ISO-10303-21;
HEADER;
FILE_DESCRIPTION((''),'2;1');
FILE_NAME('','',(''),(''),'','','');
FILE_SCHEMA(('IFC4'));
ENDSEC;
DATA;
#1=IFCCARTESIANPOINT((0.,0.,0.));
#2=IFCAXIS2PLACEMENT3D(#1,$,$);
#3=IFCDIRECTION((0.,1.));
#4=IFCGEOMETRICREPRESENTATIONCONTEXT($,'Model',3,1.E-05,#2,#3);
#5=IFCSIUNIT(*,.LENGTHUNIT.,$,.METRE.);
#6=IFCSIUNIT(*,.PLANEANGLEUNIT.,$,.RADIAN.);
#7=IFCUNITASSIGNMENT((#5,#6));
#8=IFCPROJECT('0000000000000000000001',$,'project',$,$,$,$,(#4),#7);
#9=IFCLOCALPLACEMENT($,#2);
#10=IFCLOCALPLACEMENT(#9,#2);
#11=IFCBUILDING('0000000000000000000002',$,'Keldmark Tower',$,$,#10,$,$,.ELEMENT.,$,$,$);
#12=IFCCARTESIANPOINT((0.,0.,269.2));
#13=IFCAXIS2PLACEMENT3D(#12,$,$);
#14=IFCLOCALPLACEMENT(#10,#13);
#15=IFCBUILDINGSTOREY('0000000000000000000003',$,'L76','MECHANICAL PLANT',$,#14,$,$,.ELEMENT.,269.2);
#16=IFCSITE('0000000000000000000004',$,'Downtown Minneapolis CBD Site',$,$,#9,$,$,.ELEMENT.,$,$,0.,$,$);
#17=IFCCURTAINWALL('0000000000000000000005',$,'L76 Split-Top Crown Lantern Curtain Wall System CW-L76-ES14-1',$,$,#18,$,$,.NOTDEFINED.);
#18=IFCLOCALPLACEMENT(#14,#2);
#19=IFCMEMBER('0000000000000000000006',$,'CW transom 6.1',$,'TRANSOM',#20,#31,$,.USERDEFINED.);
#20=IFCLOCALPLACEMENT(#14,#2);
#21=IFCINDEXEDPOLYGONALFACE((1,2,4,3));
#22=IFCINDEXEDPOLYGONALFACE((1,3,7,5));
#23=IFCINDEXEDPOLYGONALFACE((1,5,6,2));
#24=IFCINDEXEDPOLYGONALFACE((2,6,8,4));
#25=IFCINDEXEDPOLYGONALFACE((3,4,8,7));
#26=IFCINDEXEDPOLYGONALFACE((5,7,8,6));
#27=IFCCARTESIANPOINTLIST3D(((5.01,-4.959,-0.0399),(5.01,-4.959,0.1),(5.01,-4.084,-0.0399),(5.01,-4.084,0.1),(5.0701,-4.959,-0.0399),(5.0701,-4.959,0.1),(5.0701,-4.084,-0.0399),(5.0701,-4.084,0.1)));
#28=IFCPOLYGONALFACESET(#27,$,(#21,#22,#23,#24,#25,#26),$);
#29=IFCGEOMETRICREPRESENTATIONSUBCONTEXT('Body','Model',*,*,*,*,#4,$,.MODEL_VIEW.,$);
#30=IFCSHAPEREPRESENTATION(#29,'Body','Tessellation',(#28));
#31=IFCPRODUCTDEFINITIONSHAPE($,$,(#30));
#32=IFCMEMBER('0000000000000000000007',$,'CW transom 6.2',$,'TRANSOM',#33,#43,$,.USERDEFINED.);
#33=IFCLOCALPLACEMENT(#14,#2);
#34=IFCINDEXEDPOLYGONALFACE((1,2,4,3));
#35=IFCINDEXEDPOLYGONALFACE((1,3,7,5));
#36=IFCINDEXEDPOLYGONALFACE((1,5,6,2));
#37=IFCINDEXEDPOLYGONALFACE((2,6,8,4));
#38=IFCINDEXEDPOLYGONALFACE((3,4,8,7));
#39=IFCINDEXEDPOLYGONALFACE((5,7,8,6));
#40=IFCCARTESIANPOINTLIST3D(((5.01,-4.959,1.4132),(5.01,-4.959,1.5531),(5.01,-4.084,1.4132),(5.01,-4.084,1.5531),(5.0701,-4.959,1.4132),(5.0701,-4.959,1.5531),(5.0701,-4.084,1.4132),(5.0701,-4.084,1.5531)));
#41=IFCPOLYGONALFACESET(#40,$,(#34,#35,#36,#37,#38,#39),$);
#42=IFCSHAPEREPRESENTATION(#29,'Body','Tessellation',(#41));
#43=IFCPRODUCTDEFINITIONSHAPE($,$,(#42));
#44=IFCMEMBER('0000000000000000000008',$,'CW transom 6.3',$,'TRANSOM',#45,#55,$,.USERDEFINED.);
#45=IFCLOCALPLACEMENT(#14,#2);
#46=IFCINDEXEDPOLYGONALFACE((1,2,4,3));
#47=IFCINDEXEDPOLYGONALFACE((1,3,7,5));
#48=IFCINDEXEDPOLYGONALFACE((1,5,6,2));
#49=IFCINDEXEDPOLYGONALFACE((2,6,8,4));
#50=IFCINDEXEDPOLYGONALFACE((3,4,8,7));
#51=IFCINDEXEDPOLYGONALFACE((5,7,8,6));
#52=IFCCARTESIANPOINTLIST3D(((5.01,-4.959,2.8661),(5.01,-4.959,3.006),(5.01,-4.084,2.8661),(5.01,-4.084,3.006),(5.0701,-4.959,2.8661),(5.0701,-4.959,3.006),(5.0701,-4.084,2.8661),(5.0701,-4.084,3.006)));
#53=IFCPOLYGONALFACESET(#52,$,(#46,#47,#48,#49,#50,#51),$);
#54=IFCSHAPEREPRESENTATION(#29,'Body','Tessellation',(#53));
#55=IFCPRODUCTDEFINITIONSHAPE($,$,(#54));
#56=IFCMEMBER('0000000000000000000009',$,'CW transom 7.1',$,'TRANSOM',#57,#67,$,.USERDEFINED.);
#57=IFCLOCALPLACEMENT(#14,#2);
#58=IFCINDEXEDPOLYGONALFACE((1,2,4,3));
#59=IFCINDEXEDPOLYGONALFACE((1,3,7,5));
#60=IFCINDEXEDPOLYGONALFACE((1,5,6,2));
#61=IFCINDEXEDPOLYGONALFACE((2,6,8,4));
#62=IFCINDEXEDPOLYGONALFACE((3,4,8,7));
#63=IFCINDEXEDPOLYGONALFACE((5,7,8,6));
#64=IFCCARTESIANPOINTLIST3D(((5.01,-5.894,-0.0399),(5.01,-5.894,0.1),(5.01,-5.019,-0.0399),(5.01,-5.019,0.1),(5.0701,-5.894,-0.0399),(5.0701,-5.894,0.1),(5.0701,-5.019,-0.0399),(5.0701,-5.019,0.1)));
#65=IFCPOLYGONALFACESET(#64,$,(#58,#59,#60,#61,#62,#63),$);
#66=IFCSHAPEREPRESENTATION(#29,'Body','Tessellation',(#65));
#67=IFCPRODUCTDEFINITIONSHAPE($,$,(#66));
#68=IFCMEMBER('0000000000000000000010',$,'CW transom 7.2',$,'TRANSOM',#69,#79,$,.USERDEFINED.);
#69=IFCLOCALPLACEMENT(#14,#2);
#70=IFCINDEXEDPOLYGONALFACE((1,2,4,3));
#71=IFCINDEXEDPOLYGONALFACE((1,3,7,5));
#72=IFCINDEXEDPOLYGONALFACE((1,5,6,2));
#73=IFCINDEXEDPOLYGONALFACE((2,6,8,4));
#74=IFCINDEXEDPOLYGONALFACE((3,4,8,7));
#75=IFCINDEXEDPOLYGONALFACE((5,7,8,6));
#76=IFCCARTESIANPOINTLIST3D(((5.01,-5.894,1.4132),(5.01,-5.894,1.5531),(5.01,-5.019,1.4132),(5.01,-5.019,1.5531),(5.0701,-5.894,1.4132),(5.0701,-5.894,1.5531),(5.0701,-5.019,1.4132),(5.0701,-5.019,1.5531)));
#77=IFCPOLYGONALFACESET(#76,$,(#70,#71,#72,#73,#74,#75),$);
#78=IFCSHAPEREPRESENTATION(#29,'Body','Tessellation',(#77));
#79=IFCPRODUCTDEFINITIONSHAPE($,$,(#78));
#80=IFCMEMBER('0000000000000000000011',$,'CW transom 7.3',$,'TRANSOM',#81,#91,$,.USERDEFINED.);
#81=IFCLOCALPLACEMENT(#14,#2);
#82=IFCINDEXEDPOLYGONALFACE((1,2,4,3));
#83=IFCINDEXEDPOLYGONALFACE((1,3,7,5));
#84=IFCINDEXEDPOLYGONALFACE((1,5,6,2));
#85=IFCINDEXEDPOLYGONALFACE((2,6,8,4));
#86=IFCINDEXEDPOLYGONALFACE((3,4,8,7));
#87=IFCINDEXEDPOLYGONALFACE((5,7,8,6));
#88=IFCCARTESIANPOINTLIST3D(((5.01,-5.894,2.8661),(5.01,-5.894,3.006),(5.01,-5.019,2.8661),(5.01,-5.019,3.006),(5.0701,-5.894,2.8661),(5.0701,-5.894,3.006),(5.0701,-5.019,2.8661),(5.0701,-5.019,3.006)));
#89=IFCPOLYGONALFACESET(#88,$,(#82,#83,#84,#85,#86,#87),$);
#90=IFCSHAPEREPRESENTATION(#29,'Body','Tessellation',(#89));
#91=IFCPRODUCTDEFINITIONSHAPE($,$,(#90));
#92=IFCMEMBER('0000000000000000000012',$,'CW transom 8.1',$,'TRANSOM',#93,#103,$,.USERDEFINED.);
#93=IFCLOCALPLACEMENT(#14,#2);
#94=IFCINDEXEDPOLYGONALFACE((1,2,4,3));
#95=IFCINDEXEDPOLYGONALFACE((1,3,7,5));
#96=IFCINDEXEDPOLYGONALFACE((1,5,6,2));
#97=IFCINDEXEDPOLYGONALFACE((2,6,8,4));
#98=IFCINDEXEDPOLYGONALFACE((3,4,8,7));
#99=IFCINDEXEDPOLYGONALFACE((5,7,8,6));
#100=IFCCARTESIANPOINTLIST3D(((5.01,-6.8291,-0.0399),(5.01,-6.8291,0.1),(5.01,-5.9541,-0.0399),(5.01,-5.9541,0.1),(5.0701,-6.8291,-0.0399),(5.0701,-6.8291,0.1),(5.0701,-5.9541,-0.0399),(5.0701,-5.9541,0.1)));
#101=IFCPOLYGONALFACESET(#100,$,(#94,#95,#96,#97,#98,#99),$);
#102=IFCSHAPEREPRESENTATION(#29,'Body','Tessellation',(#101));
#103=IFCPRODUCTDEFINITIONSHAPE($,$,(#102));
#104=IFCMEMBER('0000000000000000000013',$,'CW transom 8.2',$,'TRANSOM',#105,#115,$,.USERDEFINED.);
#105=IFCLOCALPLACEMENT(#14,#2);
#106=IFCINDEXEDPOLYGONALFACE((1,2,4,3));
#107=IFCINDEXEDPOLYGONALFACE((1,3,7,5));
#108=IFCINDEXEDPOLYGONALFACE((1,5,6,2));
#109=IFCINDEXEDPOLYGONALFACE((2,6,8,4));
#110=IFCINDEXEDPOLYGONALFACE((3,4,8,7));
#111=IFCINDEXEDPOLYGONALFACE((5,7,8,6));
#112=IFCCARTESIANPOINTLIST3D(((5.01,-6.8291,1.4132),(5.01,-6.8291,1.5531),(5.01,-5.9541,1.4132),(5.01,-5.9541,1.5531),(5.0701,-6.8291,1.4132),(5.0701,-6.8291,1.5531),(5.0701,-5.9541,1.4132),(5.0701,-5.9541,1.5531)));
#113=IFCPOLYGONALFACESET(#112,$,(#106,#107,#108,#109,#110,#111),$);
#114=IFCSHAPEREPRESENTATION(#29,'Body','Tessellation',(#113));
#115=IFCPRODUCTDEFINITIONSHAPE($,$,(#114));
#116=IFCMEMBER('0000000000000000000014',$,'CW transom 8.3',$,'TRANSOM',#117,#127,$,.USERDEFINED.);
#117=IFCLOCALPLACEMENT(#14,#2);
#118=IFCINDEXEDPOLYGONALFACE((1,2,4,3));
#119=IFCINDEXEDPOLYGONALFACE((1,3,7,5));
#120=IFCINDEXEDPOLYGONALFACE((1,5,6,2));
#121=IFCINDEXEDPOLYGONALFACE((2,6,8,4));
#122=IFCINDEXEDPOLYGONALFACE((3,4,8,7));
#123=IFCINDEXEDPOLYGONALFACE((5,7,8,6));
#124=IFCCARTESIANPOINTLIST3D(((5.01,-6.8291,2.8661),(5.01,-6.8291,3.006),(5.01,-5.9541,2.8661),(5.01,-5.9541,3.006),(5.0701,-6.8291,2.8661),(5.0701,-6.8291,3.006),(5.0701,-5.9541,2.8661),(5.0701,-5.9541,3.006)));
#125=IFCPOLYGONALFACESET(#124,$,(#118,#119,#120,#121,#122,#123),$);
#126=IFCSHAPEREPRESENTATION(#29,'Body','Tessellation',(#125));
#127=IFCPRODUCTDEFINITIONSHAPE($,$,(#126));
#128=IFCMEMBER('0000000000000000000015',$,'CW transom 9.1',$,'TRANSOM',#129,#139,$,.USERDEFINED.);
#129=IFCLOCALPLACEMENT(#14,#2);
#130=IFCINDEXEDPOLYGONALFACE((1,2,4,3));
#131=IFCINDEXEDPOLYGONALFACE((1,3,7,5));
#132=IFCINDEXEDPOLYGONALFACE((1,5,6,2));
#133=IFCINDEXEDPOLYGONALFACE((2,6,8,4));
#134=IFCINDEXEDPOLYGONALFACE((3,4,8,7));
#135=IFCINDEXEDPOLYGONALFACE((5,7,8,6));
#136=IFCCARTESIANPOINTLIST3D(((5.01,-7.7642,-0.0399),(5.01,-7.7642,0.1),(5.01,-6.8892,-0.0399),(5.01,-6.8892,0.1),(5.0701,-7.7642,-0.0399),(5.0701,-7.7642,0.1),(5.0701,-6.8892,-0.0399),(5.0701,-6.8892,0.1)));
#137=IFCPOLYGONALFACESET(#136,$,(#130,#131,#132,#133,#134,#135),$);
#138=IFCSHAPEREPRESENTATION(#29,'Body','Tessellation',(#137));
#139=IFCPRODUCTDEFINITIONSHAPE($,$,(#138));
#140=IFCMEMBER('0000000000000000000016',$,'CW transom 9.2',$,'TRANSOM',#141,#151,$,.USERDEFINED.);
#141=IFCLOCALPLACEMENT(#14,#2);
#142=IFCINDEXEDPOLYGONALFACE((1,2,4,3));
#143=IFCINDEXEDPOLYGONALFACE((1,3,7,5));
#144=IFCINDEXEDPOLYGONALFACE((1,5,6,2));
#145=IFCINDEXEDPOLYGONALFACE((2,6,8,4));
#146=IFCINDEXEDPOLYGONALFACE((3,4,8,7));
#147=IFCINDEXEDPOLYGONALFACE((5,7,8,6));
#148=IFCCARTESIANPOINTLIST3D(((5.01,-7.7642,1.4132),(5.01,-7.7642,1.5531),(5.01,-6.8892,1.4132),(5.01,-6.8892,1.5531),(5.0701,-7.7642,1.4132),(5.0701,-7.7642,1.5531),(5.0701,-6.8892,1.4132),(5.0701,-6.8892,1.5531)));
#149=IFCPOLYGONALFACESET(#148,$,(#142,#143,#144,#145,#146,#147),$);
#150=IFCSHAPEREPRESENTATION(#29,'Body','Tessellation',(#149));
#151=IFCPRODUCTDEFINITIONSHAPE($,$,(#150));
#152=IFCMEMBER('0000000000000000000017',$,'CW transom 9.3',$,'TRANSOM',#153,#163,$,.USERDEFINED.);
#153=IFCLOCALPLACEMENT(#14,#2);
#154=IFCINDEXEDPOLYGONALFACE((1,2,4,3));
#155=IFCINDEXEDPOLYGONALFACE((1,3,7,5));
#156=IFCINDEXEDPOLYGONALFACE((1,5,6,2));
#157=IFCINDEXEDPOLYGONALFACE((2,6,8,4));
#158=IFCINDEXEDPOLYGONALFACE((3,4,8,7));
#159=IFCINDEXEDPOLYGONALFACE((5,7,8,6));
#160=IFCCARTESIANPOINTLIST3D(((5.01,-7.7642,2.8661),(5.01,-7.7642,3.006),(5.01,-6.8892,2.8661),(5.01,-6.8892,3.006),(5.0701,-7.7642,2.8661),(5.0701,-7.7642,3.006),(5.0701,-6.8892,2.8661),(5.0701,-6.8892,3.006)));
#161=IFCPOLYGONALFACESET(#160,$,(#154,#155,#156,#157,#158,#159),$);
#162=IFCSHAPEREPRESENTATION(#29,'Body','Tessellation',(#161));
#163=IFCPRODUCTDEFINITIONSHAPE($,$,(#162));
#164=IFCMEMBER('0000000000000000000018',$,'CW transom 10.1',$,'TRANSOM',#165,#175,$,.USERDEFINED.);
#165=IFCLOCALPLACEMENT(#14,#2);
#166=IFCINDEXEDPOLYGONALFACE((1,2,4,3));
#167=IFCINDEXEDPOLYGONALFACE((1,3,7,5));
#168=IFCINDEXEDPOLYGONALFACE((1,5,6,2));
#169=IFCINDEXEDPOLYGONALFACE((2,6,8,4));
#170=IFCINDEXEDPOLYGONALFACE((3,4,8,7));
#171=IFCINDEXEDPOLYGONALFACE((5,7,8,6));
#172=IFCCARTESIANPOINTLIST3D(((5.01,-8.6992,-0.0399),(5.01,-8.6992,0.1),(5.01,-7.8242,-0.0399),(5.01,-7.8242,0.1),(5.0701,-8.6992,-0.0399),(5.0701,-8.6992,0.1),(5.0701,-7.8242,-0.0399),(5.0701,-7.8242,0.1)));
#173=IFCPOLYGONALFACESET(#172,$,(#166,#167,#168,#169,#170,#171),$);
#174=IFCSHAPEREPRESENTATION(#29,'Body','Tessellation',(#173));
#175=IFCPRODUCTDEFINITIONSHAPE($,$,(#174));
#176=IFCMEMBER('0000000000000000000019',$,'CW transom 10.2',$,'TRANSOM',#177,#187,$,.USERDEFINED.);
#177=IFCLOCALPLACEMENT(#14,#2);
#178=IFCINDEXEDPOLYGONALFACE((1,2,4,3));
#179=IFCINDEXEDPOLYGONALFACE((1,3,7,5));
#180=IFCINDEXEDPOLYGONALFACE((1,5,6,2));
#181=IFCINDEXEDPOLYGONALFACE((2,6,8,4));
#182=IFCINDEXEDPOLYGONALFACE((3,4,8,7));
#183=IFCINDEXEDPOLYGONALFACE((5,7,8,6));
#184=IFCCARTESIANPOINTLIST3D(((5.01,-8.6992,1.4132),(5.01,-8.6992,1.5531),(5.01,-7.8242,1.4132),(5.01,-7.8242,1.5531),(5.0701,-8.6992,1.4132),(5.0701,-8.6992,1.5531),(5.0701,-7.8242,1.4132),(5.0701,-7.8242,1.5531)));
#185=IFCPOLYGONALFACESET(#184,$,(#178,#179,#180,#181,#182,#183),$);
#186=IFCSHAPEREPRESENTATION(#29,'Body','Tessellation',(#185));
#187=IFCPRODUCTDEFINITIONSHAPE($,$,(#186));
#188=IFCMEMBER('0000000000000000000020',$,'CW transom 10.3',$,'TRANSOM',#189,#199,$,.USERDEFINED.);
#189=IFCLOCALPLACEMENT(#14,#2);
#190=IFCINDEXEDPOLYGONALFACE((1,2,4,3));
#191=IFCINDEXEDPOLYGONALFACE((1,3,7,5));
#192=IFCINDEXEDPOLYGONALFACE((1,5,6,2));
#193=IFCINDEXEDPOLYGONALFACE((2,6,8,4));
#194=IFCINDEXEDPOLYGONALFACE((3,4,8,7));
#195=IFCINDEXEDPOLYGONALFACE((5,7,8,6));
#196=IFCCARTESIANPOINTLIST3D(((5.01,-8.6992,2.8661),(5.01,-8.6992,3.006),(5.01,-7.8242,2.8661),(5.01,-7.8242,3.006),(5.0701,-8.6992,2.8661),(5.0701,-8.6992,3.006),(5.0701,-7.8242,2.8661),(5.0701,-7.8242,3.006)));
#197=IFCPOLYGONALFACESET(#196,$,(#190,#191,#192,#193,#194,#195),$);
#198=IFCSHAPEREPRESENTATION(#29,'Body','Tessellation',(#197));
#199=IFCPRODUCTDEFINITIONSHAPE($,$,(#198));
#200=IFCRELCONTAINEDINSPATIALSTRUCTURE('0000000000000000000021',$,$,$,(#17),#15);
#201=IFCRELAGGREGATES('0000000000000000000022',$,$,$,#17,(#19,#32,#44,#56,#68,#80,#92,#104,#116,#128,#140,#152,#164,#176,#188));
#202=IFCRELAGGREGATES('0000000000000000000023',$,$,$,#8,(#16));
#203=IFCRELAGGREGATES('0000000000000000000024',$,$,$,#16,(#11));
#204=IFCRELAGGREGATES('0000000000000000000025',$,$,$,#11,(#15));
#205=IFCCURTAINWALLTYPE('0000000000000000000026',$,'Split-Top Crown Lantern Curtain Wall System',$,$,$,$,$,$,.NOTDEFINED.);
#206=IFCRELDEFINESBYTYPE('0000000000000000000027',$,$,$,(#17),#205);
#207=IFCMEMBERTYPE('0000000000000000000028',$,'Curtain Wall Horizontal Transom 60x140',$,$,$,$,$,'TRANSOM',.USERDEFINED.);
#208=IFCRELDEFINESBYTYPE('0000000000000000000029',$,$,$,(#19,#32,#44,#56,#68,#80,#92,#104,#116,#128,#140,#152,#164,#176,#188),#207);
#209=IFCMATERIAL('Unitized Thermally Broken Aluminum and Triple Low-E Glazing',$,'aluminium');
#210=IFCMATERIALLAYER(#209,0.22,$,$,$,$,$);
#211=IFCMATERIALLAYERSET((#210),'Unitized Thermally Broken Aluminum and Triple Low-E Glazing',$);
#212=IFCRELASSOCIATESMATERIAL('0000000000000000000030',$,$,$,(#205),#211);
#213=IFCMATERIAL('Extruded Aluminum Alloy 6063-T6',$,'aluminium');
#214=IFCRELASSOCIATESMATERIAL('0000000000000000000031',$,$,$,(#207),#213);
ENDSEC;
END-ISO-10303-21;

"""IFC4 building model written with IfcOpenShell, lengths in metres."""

from ifc_helpers import new_model, si_unit, direction, frame, origin, origin_2d, place, context, subcontext, project, spatial, rectangle, extrude, material, layer, layer_set, material_profile, profile_set, type_object, element, aggregate, save


model = new_model("IFC4")

# Units and contexts
model_context = context("Model", 3, precision=1e-05, world=origin(), true_north=direction((0.0, 1.0)))
body_context = subcontext(model_context, "Body", "Model", "MODEL_VIEW")
ifc_project = project(units=[si_unit("LENGTHUNIT", "METRE"), si_unit("PLANEANGLEUNIT", "RADIAN")], contexts=[model_context])

# Site, building, storey
site_placement = place(None, origin())
site = spatial("IfcSite", under=ifc_project, at=site_placement, Name="Downtown Minneapolis CBD Site", CompositionType="ELEMENT", RefElevation=0.0)
building_placement = place(site_placement, origin())
building = spatial("IfcBuilding", under=site, at=building_placement, Name="Keldmark Tower", CompositionType="ELEMENT")
storey_placement = place(building_placement, frame((0.0, 0.0, 269.2)))
storey = spatial("IfcBuildingStorey", under=building, at=storey_placement, Name="L76", Description="MECHANICAL PLANT", CompositionType="ELEMENT", Elevation=269.2)

# Curtain wall, members
ifc_material_1 = material(Name="Unitized Thermally Broken Aluminum and Triple Low-E Glazing", Category="aluminium")
ifc_layer_1 = layer(ifc_material_1, 0.22)
ifc_layer_set_1 = layer_set([ifc_layer_1], Name="Unitized Thermally Broken Aluminum and Triple Low-E Glazing")
curtain_wall_type = type_object("IfcCurtainWallType", Name="Split-Top Crown Lantern Curtain Wall System", PredefinedType="NOTDEFINED", material=ifc_layer_set_1)
curtain_wall_placement = place(storey_placement, origin())
curtain_wall = element("IfcCurtainWall", 1, at=curtain_wall_placement, inside=storey, type_object=curtain_wall_type, Name="L76 Split-Top Crown Lantern Curtain Wall System CW-L76-ES14-1", PredefinedType="NOTDEFINED")
ifc_material_2 = material(Name="Extruded Aluminum Alloy 6063-T6", Category="aluminium")
ifc_material_profile_1 = material_profile(ifc_material_2, rectangle(XDim=0.0601, YDim=0.1399, at=origin_2d()), Name="CWT60X140")
ifc_profile_set_1 = profile_set([ifc_material_profile_1], Name="Extruded Aluminum Alloy 6063-T6")
member_type_1 = type_object("IfcMemberType", Name="Curtain Wall Horizontal Transom 60x140", ElementType="TRANSOM", PredefinedType="USERDEFINED", material=ifc_profile_set_1)
member_1_placement = place(storey_placement, frame((5.04, -4.084, 0.03), z_axis=(0.0, -1.0, 0.0), x_axis=(1.0, 0.0, 0.0)))
member_1 = element("IfcMember", 2, at=member_1_placement, type_object=member_type_1, Name="CW transom 6.1", ObjectType="TRANSOM", PredefinedType="USERDEFINED", context=body_context, shape_type="SweptSolid", body=[
    extrude(rectangle(XDim=0.0601, YDim=0.1399, at=origin_2d()), origin(), (0.0, 0.0, 1.0), 0.875),
])
member_2_placement = place(storey_placement, frame((5.04, -4.084, 1.4832), z_axis=(0.0, -1.0, 0.0), x_axis=(1.0, 0.0, 0.0)))
member_2 = element("IfcMember", 3, at=member_2_placement, type_object=member_type_1, Name="CW transom 6.2", ObjectType="TRANSOM", PredefinedType="USERDEFINED", context=body_context, shape_type="SweptSolid", body=[
    extrude(rectangle(XDim=0.0601, YDim=0.1399, at=origin_2d()), origin(), (0.0, 0.0, 1.0), 0.875),
])
member_3_placement = place(storey_placement, frame((5.04, -4.084, 2.936), z_axis=(0.0, -1.0, 0.0), x_axis=(1.0, 0.0, 0.0)))
member_3 = element("IfcMember", 4, at=member_3_placement, type_object=member_type_1, Name="CW transom 6.3", ObjectType="TRANSOM", PredefinedType="USERDEFINED", context=body_context, shape_type="SweptSolid", body=[
    extrude(rectangle(XDim=0.0601, YDim=0.1399, at=origin_2d()), origin(), (0.0, 0.0, 1.0), 0.875),
])
member_4_placement = place(storey_placement, frame((5.04, -5.019, 0.03), z_axis=(0.0, -1.0, 0.0), x_axis=(1.0, 0.0, 0.0)))
member_4 = element("IfcMember", 5, at=member_4_placement, type_object=member_type_1, Name="CW transom 7.1", ObjectType="TRANSOM", PredefinedType="USERDEFINED", context=body_context, shape_type="SweptSolid", body=[
    extrude(rectangle(XDim=0.0601, YDim=0.1399, at=origin_2d()), origin(), (0.0, 0.0, 1.0), 0.875),
])
member_5_placement = place(storey_placement, frame((5.04, -5.019, 1.4832), z_axis=(0.0, -1.0, 0.0), x_axis=(1.0, 0.0, 0.0)))
member_5 = element("IfcMember", 6, at=member_5_placement, type_object=member_type_1, Name="CW transom 7.2", ObjectType="TRANSOM", PredefinedType="USERDEFINED", context=body_context, shape_type="SweptSolid", body=[
    extrude(rectangle(XDim=0.0601, YDim=0.1399, at=origin_2d()), origin(), (0.0, 0.0, 1.0), 0.875),
])
member_6_placement = place(storey_placement, frame((5.04, -5.019, 2.936), z_axis=(0.0, -1.0, 0.0), x_axis=(1.0, 0.0, 0.0)))
member_6 = element("IfcMember", 7, at=member_6_placement, type_object=member_type_1, Name="CW transom 7.3", ObjectType="TRANSOM", PredefinedType="USERDEFINED", context=body_context, shape_type="SweptSolid", body=[
    extrude(rectangle(XDim=0.0601, YDim=0.1399, at=origin_2d()), origin(), (0.0, 0.0, 1.0), 0.875),
])
member_7_placement = place(storey_placement, frame((5.04, -5.9541, 0.03), z_axis=(0.0, -1.0, 0.0), x_axis=(1.0, 0.0, 0.0)))
member_7 = element("IfcMember", 8, at=member_7_placement, type_object=member_type_1, Name="CW transom 8.1", ObjectType="TRANSOM", PredefinedType="USERDEFINED", context=body_context, shape_type="SweptSolid", body=[
    extrude(rectangle(XDim=0.0601, YDim=0.1399, at=origin_2d()), origin(), (0.0, 0.0, 1.0), 0.875),
])
member_8_placement = place(storey_placement, frame((5.04, -5.9541, 1.4832), z_axis=(0.0, -1.0, 0.0), x_axis=(1.0, 0.0, 0.0)))
member_8 = element("IfcMember", 9, at=member_8_placement, type_object=member_type_1, Name="CW transom 8.2", ObjectType="TRANSOM", PredefinedType="USERDEFINED", context=body_context, shape_type="SweptSolid", body=[
    extrude(rectangle(XDim=0.0601, YDim=0.1399, at=origin_2d()), origin(), (0.0, 0.0, 1.0), 0.875),
])
member_9_placement = place(storey_placement, frame((5.04, -5.9541, 2.936), z_axis=(0.0, -1.0, 0.0), x_axis=(1.0, 0.0, 0.0)))
member_9 = element("IfcMember", 10, at=member_9_placement, type_object=member_type_1, Name="CW transom 8.3", ObjectType="TRANSOM", PredefinedType="USERDEFINED", context=body_context, shape_type="SweptSolid", body=[
    extrude(rectangle(XDim=0.0601, YDim=0.1399, at=origin_2d()), origin(), (0.0, 0.0, 1.0), 0.875),
])
member_10_placement = place(storey_placement, frame((5.04, -6.8892, 0.03), z_axis=(0.0, -1.0, 0.0), x_axis=(1.0, 0.0, 0.0)))
member_10 = element("IfcMember", 11, at=member_10_placement, type_object=member_type_1, Name="CW transom 9.1", ObjectType="TRANSOM", PredefinedType="USERDEFINED", context=body_context, shape_type="SweptSolid", body=[
    extrude(rectangle(XDim=0.0601, YDim=0.1399, at=origin_2d()), origin(), (0.0, 0.0, 1.0), 0.875),
])
member_11_placement = place(storey_placement, frame((5.04, -6.8892, 1.4832), z_axis=(0.0, -1.0, 0.0), x_axis=(1.0, 0.0, 0.0)))
member_11 = element("IfcMember", 12, at=member_11_placement, type_object=member_type_1, Name="CW transom 9.2", ObjectType="TRANSOM", PredefinedType="USERDEFINED", context=body_context, shape_type="SweptSolid", body=[
    extrude(rectangle(XDim=0.0601, YDim=0.1399, at=origin_2d()), origin(), (0.0, 0.0, 1.0), 0.875),
])
member_12_placement = place(storey_placement, frame((5.04, -6.8892, 2.936), z_axis=(0.0, -1.0, 0.0), x_axis=(1.0, 0.0, 0.0)))
member_12 = element("IfcMember", 13, at=member_12_placement, type_object=member_type_1, Name="CW transom 9.3", ObjectType="TRANSOM", PredefinedType="USERDEFINED", context=body_context, shape_type="SweptSolid", body=[
    extrude(rectangle(XDim=0.0601, YDim=0.1399, at=origin_2d()), origin(), (0.0, 0.0, 1.0), 0.875),
])
member_13_placement = place(storey_placement, frame((5.04, -7.8242, 0.03), z_axis=(0.0, -1.0, 0.0), x_axis=(1.0, 0.0, 0.0)))
member_13 = element("IfcMember", 14, at=member_13_placement, type_object=member_type_1, Name="CW transom 10.1", ObjectType="TRANSOM", PredefinedType="USERDEFINED", context=body_context, shape_type="SweptSolid", body=[
    extrude(rectangle(XDim=0.0601, YDim=0.1399, at=origin_2d()), origin(), (0.0, 0.0, 1.0), 0.875),
])
member_14_placement = place(storey_placement, frame((5.04, -7.8242, 1.4832), z_axis=(0.0, -1.0, 0.0), x_axis=(1.0, 0.0, 0.0)))
member_14 = element("IfcMember", 15, at=member_14_placement, type_object=member_type_1, Name="CW transom 10.2", ObjectType="TRANSOM", PredefinedType="USERDEFINED", context=body_context, shape_type="SweptSolid", body=[
    extrude(rectangle(XDim=0.0601, YDim=0.1399, at=origin_2d()), origin(), (0.0, 0.0, 1.0), 0.875),
])
member_15_placement = place(storey_placement, frame((5.04, -7.8242, 2.936), z_axis=(0.0, -1.0, 0.0), x_axis=(1.0, 0.0, 0.0)))
member_15 = element("IfcMember", 16, at=member_15_placement, type_object=member_type_1, Name="CW transom 10.3", ObjectType="TRANSOM", PredefinedType="USERDEFINED", context=body_context, shape_type="SweptSolid", body=[
    extrude(rectangle(XDim=0.0601, YDim=0.1399, at=origin_2d()), origin(), (0.0, 0.0, 1.0), 0.875),
])
aggregate(curtain_wall, [member_1, member_2, member_3, member_4, member_5, member_6, member_7, member_8, member_9, member_10, member_11, member_12, member_13, member_14, member_15])

save(model, "model.ifc")
